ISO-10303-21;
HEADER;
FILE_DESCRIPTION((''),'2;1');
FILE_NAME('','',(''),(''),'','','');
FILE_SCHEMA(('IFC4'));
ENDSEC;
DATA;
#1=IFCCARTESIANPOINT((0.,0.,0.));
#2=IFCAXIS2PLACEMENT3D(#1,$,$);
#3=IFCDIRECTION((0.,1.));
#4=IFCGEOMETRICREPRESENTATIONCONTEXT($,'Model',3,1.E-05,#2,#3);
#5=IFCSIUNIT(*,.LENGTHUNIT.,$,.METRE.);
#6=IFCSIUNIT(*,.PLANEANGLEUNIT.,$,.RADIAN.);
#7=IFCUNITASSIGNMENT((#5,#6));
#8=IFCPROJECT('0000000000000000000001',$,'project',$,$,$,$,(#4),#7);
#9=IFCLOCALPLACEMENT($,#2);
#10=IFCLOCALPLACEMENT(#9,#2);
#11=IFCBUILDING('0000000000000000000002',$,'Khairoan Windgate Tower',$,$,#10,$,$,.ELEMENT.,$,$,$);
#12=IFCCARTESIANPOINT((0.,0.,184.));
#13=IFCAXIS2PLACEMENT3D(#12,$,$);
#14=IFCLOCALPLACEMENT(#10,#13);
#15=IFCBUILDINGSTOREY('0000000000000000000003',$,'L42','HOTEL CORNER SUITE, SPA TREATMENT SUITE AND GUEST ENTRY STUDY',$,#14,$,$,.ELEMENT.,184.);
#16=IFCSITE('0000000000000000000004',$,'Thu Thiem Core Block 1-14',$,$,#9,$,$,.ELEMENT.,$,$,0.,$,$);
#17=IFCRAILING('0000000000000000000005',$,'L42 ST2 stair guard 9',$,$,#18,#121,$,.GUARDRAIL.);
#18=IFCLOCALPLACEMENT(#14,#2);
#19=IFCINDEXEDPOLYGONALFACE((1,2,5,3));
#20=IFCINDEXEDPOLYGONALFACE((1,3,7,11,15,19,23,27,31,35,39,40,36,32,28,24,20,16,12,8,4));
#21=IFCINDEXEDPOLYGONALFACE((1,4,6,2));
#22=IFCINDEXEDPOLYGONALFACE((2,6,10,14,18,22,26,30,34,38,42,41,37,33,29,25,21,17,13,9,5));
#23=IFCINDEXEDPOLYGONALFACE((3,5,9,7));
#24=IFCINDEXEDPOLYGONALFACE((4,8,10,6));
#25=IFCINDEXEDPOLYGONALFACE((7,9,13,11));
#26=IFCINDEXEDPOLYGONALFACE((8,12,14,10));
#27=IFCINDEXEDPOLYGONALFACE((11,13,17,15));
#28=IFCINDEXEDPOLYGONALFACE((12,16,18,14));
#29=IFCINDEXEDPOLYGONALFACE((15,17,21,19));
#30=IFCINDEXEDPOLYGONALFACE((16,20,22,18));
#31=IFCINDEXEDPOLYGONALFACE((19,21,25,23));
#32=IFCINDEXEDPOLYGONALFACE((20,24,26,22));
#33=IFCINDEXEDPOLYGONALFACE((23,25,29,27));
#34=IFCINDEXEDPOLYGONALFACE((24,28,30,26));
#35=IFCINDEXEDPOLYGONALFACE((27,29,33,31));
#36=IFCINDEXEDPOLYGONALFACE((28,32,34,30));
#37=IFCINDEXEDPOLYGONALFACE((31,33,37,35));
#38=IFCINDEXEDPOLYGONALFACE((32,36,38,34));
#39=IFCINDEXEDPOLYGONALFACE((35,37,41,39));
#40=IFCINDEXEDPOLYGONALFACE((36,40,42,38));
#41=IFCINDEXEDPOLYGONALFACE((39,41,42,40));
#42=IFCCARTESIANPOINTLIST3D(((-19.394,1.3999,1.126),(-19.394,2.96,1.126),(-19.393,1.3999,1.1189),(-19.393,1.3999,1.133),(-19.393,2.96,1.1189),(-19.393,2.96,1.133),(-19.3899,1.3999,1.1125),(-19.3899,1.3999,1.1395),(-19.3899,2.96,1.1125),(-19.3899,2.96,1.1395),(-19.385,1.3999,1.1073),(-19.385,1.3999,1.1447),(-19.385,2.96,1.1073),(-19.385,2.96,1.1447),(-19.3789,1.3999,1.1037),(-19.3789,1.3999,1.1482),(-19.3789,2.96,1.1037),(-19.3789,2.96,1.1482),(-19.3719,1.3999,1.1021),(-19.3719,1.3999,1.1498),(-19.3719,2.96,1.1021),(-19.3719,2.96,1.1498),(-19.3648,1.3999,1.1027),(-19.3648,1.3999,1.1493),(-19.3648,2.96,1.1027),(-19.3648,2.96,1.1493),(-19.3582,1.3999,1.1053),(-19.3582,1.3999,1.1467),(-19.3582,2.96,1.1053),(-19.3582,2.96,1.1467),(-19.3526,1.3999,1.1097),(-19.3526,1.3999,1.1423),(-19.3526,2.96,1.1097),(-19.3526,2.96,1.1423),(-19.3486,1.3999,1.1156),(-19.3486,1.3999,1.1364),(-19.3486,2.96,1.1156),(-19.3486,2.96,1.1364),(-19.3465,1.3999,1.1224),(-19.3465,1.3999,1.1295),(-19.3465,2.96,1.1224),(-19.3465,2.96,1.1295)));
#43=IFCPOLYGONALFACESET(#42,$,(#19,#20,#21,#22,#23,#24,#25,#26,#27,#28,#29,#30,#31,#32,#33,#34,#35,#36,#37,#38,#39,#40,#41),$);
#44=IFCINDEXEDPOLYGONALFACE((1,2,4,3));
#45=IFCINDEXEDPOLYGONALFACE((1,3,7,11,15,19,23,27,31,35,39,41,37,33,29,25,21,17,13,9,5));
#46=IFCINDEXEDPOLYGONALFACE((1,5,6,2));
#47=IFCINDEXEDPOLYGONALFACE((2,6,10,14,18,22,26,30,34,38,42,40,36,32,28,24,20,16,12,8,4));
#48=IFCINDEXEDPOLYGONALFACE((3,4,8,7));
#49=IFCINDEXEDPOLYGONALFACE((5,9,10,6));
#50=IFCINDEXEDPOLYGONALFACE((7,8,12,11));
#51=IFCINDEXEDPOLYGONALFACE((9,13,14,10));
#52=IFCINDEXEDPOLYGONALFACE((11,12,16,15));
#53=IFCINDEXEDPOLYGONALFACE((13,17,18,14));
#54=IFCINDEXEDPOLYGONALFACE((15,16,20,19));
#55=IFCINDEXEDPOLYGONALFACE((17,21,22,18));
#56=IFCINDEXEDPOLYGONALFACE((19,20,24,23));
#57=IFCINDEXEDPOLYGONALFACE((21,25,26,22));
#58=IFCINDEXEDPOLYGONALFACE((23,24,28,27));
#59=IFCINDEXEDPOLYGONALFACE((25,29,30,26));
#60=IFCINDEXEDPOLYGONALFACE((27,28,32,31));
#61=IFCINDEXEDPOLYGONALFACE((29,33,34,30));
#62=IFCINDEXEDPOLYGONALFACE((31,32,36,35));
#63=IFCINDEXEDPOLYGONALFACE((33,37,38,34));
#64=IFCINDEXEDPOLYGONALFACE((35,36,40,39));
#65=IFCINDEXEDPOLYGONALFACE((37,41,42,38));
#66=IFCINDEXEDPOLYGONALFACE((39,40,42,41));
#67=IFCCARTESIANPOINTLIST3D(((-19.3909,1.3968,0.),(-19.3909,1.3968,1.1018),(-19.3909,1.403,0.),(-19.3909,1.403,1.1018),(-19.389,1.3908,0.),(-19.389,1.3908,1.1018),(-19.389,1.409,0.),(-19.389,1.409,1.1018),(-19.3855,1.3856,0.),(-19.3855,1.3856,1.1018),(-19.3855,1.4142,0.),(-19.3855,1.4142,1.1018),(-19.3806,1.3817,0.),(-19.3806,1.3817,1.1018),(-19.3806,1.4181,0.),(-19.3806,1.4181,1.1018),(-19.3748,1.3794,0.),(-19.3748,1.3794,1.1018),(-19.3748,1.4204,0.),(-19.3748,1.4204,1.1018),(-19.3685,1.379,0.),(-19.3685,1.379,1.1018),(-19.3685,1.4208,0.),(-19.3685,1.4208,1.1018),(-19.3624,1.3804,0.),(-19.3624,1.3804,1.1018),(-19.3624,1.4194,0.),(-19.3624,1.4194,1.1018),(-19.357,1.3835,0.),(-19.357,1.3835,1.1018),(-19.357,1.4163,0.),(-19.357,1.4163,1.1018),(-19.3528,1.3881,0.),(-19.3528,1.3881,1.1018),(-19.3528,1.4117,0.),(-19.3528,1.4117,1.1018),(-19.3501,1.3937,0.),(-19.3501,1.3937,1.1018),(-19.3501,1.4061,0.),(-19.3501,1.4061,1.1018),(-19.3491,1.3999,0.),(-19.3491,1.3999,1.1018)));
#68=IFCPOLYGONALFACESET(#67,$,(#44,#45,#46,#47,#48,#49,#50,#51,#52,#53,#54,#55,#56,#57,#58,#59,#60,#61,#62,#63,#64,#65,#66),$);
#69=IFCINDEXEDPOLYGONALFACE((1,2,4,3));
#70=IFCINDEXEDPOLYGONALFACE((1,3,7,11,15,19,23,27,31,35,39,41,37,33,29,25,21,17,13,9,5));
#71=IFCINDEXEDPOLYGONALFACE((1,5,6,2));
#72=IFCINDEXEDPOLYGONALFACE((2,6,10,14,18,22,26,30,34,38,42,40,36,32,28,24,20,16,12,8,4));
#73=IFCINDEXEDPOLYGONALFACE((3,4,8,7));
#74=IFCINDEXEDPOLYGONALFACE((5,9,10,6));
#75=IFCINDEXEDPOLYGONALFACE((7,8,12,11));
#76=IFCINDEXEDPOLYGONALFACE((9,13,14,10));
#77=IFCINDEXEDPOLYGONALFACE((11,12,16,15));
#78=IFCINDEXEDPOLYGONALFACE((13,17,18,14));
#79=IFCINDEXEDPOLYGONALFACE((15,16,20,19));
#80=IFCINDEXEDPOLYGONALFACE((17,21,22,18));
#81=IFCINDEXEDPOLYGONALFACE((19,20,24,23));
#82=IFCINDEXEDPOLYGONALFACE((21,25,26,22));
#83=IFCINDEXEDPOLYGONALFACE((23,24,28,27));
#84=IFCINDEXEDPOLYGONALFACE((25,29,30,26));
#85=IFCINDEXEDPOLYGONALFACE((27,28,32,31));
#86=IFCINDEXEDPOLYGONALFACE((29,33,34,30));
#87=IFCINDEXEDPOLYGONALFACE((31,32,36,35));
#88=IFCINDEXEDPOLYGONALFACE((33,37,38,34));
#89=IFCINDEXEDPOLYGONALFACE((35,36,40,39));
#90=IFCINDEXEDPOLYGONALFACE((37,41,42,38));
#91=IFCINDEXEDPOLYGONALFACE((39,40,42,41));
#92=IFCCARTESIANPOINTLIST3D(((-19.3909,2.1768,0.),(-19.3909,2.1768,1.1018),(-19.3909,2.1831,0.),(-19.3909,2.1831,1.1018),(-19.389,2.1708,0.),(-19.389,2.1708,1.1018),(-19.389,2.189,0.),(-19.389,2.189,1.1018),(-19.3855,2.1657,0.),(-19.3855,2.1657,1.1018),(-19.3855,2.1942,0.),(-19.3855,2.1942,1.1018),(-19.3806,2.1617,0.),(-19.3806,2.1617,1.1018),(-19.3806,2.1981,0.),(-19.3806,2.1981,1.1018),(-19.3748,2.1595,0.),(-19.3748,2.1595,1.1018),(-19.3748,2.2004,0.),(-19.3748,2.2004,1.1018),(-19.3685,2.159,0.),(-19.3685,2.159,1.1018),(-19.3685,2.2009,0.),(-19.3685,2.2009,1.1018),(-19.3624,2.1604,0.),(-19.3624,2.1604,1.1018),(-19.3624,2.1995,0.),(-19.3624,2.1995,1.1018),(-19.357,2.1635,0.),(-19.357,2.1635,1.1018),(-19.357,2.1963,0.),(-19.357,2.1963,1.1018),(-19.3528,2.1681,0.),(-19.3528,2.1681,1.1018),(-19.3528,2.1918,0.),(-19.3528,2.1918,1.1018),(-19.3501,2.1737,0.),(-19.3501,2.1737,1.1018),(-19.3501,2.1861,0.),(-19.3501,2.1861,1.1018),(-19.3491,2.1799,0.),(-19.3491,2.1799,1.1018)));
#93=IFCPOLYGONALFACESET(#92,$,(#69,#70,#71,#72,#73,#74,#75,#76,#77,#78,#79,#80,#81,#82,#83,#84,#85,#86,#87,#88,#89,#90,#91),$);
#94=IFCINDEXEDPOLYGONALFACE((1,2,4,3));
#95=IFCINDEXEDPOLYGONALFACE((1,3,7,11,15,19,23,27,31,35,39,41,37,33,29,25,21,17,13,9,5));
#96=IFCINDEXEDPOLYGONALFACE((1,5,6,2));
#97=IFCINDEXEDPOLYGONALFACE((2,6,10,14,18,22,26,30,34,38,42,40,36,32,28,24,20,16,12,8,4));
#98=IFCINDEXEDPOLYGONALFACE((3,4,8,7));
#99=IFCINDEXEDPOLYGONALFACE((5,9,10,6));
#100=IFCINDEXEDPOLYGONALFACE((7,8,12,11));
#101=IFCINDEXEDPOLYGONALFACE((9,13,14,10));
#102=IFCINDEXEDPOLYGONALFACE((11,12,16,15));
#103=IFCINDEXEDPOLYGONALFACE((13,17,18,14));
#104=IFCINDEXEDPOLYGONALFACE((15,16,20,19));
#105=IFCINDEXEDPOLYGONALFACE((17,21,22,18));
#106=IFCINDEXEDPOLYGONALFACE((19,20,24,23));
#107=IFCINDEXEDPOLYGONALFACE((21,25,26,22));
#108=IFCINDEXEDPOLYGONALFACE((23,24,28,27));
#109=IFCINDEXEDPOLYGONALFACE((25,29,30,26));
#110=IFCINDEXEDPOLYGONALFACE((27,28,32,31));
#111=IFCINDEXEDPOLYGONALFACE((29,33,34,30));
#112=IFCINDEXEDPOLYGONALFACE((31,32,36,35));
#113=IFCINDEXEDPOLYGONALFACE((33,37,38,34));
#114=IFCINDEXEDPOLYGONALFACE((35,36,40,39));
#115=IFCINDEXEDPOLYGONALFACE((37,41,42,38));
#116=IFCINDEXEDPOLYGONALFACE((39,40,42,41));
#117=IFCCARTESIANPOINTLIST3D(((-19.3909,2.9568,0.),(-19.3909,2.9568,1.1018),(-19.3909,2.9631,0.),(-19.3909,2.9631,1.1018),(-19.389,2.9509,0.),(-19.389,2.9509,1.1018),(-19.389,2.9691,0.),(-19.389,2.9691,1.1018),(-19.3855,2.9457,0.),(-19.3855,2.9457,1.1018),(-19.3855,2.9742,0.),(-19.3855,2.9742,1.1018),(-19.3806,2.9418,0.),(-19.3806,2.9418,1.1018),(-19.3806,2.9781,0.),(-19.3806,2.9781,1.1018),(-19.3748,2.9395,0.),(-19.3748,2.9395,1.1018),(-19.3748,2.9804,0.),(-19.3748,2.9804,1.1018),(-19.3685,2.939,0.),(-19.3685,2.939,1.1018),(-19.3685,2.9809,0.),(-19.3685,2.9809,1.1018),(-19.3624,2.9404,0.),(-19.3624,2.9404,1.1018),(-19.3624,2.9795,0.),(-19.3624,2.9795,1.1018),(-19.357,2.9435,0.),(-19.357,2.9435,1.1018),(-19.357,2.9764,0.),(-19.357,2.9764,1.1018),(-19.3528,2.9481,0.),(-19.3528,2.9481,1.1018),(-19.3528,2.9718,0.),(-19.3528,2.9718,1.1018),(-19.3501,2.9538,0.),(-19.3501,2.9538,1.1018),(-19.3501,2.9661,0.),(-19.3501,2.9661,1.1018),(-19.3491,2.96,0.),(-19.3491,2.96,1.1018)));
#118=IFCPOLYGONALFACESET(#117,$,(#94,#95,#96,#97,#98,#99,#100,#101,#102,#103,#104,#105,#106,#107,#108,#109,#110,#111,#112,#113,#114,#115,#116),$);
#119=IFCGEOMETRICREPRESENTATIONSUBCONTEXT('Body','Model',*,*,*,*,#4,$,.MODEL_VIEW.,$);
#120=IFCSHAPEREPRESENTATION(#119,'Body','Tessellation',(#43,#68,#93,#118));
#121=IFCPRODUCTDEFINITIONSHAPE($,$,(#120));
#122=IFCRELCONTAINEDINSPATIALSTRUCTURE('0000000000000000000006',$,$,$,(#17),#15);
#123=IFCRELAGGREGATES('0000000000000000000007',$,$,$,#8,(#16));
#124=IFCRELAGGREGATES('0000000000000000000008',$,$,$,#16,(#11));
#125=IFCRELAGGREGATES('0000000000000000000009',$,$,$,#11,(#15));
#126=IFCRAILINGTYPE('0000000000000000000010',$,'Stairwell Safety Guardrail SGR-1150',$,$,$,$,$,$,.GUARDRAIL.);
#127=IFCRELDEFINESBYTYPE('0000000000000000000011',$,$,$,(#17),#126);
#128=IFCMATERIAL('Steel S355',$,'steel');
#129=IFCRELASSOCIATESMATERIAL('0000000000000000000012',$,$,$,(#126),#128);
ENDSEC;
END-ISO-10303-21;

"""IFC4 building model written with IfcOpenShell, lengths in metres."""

from ifc_helpers import new_model, si_unit, direction, frame, origin, origin_2d, place, context, subcontext, project, spatial, circle, extrude, material, type_object, element, save


model = new_model("IFC4")

# Units and contexts
model_context = context("Model", 3, precision=1e-05, world=origin(), true_north=direction((0.0, 1.0)))
body_context = subcontext(model_context, "Body", "Model", "MODEL_VIEW")
ifc_project = project(units=[si_unit("LENGTHUNIT", "METRE"), si_unit("PLANEANGLEUNIT", "RADIAN")], contexts=[model_context])

# Site, building, storey
site_placement = place(None, origin())
site = spatial("IfcSite", under=ifc_project, at=site_placement, Name="Thu Thiem Core Block 1-14", CompositionType="ELEMENT", RefElevation=0.0)
building_placement = place(site_placement, origin())
building = spatial("IfcBuilding", under=site, at=building_placement, Name="Khairoan Windgate Tower", CompositionType="ELEMENT")
storey_placement = place(building_placement, frame((0.0, 0.0, 184.0)))
storey = spatial("IfcBuildingStorey", under=building, at=storey_placement, Name="L42", Description="HOTEL CORNER SUITE, SPA TREATMENT SUITE AND GUEST ENTRY STUDY", CompositionType="ELEMENT", Elevation=184.0)

# Railing
ifc_material_1 = material(Name="Steel S355", Category="steel")
railing_type = type_object("IfcRailingType", Name="Stairwell Safety Guardrail SGR-1150", PredefinedType="GUARDRAIL", material=ifc_material_1)
for number, where, name in (
    (1, (-19.3701, 1.3999, 0.0), "L42 ST2 stair guard 9"),
):
    element("IfcRailing", number, at=place(storey_placement, frame(where)), inside=storey, type_object=railing_type, Name=name, PredefinedType="GUARDRAIL", context=body_context, shape_type="SweptSolid", body=[
        extrude(circle(Radius=0.0239, at=origin_2d()), frame((0.0, 0.0, 1.126), z_axis=(0.0, 1.0, 0.0), x_axis=(-1.0, 0.0, 0.0)), (0.0, 0.0, 1.0), 1.5601),
        extrude(circle(Radius=0.021, at=origin_2d()), origin(), (0.0, 0.0, 1.0), 1.1018),
        extrude(circle(Radius=0.021, at=origin_2d()), frame((0.0, 0.78, 0.0)), (0.0, 0.0, 1.0), 1.1018),
        extrude(circle(Radius=0.021, at=origin_2d()), frame((0.0, 1.5601, 0.0)), (0.0, 0.0, 1.0), 1.1018),
    ])

save(model, "model.ifc")
